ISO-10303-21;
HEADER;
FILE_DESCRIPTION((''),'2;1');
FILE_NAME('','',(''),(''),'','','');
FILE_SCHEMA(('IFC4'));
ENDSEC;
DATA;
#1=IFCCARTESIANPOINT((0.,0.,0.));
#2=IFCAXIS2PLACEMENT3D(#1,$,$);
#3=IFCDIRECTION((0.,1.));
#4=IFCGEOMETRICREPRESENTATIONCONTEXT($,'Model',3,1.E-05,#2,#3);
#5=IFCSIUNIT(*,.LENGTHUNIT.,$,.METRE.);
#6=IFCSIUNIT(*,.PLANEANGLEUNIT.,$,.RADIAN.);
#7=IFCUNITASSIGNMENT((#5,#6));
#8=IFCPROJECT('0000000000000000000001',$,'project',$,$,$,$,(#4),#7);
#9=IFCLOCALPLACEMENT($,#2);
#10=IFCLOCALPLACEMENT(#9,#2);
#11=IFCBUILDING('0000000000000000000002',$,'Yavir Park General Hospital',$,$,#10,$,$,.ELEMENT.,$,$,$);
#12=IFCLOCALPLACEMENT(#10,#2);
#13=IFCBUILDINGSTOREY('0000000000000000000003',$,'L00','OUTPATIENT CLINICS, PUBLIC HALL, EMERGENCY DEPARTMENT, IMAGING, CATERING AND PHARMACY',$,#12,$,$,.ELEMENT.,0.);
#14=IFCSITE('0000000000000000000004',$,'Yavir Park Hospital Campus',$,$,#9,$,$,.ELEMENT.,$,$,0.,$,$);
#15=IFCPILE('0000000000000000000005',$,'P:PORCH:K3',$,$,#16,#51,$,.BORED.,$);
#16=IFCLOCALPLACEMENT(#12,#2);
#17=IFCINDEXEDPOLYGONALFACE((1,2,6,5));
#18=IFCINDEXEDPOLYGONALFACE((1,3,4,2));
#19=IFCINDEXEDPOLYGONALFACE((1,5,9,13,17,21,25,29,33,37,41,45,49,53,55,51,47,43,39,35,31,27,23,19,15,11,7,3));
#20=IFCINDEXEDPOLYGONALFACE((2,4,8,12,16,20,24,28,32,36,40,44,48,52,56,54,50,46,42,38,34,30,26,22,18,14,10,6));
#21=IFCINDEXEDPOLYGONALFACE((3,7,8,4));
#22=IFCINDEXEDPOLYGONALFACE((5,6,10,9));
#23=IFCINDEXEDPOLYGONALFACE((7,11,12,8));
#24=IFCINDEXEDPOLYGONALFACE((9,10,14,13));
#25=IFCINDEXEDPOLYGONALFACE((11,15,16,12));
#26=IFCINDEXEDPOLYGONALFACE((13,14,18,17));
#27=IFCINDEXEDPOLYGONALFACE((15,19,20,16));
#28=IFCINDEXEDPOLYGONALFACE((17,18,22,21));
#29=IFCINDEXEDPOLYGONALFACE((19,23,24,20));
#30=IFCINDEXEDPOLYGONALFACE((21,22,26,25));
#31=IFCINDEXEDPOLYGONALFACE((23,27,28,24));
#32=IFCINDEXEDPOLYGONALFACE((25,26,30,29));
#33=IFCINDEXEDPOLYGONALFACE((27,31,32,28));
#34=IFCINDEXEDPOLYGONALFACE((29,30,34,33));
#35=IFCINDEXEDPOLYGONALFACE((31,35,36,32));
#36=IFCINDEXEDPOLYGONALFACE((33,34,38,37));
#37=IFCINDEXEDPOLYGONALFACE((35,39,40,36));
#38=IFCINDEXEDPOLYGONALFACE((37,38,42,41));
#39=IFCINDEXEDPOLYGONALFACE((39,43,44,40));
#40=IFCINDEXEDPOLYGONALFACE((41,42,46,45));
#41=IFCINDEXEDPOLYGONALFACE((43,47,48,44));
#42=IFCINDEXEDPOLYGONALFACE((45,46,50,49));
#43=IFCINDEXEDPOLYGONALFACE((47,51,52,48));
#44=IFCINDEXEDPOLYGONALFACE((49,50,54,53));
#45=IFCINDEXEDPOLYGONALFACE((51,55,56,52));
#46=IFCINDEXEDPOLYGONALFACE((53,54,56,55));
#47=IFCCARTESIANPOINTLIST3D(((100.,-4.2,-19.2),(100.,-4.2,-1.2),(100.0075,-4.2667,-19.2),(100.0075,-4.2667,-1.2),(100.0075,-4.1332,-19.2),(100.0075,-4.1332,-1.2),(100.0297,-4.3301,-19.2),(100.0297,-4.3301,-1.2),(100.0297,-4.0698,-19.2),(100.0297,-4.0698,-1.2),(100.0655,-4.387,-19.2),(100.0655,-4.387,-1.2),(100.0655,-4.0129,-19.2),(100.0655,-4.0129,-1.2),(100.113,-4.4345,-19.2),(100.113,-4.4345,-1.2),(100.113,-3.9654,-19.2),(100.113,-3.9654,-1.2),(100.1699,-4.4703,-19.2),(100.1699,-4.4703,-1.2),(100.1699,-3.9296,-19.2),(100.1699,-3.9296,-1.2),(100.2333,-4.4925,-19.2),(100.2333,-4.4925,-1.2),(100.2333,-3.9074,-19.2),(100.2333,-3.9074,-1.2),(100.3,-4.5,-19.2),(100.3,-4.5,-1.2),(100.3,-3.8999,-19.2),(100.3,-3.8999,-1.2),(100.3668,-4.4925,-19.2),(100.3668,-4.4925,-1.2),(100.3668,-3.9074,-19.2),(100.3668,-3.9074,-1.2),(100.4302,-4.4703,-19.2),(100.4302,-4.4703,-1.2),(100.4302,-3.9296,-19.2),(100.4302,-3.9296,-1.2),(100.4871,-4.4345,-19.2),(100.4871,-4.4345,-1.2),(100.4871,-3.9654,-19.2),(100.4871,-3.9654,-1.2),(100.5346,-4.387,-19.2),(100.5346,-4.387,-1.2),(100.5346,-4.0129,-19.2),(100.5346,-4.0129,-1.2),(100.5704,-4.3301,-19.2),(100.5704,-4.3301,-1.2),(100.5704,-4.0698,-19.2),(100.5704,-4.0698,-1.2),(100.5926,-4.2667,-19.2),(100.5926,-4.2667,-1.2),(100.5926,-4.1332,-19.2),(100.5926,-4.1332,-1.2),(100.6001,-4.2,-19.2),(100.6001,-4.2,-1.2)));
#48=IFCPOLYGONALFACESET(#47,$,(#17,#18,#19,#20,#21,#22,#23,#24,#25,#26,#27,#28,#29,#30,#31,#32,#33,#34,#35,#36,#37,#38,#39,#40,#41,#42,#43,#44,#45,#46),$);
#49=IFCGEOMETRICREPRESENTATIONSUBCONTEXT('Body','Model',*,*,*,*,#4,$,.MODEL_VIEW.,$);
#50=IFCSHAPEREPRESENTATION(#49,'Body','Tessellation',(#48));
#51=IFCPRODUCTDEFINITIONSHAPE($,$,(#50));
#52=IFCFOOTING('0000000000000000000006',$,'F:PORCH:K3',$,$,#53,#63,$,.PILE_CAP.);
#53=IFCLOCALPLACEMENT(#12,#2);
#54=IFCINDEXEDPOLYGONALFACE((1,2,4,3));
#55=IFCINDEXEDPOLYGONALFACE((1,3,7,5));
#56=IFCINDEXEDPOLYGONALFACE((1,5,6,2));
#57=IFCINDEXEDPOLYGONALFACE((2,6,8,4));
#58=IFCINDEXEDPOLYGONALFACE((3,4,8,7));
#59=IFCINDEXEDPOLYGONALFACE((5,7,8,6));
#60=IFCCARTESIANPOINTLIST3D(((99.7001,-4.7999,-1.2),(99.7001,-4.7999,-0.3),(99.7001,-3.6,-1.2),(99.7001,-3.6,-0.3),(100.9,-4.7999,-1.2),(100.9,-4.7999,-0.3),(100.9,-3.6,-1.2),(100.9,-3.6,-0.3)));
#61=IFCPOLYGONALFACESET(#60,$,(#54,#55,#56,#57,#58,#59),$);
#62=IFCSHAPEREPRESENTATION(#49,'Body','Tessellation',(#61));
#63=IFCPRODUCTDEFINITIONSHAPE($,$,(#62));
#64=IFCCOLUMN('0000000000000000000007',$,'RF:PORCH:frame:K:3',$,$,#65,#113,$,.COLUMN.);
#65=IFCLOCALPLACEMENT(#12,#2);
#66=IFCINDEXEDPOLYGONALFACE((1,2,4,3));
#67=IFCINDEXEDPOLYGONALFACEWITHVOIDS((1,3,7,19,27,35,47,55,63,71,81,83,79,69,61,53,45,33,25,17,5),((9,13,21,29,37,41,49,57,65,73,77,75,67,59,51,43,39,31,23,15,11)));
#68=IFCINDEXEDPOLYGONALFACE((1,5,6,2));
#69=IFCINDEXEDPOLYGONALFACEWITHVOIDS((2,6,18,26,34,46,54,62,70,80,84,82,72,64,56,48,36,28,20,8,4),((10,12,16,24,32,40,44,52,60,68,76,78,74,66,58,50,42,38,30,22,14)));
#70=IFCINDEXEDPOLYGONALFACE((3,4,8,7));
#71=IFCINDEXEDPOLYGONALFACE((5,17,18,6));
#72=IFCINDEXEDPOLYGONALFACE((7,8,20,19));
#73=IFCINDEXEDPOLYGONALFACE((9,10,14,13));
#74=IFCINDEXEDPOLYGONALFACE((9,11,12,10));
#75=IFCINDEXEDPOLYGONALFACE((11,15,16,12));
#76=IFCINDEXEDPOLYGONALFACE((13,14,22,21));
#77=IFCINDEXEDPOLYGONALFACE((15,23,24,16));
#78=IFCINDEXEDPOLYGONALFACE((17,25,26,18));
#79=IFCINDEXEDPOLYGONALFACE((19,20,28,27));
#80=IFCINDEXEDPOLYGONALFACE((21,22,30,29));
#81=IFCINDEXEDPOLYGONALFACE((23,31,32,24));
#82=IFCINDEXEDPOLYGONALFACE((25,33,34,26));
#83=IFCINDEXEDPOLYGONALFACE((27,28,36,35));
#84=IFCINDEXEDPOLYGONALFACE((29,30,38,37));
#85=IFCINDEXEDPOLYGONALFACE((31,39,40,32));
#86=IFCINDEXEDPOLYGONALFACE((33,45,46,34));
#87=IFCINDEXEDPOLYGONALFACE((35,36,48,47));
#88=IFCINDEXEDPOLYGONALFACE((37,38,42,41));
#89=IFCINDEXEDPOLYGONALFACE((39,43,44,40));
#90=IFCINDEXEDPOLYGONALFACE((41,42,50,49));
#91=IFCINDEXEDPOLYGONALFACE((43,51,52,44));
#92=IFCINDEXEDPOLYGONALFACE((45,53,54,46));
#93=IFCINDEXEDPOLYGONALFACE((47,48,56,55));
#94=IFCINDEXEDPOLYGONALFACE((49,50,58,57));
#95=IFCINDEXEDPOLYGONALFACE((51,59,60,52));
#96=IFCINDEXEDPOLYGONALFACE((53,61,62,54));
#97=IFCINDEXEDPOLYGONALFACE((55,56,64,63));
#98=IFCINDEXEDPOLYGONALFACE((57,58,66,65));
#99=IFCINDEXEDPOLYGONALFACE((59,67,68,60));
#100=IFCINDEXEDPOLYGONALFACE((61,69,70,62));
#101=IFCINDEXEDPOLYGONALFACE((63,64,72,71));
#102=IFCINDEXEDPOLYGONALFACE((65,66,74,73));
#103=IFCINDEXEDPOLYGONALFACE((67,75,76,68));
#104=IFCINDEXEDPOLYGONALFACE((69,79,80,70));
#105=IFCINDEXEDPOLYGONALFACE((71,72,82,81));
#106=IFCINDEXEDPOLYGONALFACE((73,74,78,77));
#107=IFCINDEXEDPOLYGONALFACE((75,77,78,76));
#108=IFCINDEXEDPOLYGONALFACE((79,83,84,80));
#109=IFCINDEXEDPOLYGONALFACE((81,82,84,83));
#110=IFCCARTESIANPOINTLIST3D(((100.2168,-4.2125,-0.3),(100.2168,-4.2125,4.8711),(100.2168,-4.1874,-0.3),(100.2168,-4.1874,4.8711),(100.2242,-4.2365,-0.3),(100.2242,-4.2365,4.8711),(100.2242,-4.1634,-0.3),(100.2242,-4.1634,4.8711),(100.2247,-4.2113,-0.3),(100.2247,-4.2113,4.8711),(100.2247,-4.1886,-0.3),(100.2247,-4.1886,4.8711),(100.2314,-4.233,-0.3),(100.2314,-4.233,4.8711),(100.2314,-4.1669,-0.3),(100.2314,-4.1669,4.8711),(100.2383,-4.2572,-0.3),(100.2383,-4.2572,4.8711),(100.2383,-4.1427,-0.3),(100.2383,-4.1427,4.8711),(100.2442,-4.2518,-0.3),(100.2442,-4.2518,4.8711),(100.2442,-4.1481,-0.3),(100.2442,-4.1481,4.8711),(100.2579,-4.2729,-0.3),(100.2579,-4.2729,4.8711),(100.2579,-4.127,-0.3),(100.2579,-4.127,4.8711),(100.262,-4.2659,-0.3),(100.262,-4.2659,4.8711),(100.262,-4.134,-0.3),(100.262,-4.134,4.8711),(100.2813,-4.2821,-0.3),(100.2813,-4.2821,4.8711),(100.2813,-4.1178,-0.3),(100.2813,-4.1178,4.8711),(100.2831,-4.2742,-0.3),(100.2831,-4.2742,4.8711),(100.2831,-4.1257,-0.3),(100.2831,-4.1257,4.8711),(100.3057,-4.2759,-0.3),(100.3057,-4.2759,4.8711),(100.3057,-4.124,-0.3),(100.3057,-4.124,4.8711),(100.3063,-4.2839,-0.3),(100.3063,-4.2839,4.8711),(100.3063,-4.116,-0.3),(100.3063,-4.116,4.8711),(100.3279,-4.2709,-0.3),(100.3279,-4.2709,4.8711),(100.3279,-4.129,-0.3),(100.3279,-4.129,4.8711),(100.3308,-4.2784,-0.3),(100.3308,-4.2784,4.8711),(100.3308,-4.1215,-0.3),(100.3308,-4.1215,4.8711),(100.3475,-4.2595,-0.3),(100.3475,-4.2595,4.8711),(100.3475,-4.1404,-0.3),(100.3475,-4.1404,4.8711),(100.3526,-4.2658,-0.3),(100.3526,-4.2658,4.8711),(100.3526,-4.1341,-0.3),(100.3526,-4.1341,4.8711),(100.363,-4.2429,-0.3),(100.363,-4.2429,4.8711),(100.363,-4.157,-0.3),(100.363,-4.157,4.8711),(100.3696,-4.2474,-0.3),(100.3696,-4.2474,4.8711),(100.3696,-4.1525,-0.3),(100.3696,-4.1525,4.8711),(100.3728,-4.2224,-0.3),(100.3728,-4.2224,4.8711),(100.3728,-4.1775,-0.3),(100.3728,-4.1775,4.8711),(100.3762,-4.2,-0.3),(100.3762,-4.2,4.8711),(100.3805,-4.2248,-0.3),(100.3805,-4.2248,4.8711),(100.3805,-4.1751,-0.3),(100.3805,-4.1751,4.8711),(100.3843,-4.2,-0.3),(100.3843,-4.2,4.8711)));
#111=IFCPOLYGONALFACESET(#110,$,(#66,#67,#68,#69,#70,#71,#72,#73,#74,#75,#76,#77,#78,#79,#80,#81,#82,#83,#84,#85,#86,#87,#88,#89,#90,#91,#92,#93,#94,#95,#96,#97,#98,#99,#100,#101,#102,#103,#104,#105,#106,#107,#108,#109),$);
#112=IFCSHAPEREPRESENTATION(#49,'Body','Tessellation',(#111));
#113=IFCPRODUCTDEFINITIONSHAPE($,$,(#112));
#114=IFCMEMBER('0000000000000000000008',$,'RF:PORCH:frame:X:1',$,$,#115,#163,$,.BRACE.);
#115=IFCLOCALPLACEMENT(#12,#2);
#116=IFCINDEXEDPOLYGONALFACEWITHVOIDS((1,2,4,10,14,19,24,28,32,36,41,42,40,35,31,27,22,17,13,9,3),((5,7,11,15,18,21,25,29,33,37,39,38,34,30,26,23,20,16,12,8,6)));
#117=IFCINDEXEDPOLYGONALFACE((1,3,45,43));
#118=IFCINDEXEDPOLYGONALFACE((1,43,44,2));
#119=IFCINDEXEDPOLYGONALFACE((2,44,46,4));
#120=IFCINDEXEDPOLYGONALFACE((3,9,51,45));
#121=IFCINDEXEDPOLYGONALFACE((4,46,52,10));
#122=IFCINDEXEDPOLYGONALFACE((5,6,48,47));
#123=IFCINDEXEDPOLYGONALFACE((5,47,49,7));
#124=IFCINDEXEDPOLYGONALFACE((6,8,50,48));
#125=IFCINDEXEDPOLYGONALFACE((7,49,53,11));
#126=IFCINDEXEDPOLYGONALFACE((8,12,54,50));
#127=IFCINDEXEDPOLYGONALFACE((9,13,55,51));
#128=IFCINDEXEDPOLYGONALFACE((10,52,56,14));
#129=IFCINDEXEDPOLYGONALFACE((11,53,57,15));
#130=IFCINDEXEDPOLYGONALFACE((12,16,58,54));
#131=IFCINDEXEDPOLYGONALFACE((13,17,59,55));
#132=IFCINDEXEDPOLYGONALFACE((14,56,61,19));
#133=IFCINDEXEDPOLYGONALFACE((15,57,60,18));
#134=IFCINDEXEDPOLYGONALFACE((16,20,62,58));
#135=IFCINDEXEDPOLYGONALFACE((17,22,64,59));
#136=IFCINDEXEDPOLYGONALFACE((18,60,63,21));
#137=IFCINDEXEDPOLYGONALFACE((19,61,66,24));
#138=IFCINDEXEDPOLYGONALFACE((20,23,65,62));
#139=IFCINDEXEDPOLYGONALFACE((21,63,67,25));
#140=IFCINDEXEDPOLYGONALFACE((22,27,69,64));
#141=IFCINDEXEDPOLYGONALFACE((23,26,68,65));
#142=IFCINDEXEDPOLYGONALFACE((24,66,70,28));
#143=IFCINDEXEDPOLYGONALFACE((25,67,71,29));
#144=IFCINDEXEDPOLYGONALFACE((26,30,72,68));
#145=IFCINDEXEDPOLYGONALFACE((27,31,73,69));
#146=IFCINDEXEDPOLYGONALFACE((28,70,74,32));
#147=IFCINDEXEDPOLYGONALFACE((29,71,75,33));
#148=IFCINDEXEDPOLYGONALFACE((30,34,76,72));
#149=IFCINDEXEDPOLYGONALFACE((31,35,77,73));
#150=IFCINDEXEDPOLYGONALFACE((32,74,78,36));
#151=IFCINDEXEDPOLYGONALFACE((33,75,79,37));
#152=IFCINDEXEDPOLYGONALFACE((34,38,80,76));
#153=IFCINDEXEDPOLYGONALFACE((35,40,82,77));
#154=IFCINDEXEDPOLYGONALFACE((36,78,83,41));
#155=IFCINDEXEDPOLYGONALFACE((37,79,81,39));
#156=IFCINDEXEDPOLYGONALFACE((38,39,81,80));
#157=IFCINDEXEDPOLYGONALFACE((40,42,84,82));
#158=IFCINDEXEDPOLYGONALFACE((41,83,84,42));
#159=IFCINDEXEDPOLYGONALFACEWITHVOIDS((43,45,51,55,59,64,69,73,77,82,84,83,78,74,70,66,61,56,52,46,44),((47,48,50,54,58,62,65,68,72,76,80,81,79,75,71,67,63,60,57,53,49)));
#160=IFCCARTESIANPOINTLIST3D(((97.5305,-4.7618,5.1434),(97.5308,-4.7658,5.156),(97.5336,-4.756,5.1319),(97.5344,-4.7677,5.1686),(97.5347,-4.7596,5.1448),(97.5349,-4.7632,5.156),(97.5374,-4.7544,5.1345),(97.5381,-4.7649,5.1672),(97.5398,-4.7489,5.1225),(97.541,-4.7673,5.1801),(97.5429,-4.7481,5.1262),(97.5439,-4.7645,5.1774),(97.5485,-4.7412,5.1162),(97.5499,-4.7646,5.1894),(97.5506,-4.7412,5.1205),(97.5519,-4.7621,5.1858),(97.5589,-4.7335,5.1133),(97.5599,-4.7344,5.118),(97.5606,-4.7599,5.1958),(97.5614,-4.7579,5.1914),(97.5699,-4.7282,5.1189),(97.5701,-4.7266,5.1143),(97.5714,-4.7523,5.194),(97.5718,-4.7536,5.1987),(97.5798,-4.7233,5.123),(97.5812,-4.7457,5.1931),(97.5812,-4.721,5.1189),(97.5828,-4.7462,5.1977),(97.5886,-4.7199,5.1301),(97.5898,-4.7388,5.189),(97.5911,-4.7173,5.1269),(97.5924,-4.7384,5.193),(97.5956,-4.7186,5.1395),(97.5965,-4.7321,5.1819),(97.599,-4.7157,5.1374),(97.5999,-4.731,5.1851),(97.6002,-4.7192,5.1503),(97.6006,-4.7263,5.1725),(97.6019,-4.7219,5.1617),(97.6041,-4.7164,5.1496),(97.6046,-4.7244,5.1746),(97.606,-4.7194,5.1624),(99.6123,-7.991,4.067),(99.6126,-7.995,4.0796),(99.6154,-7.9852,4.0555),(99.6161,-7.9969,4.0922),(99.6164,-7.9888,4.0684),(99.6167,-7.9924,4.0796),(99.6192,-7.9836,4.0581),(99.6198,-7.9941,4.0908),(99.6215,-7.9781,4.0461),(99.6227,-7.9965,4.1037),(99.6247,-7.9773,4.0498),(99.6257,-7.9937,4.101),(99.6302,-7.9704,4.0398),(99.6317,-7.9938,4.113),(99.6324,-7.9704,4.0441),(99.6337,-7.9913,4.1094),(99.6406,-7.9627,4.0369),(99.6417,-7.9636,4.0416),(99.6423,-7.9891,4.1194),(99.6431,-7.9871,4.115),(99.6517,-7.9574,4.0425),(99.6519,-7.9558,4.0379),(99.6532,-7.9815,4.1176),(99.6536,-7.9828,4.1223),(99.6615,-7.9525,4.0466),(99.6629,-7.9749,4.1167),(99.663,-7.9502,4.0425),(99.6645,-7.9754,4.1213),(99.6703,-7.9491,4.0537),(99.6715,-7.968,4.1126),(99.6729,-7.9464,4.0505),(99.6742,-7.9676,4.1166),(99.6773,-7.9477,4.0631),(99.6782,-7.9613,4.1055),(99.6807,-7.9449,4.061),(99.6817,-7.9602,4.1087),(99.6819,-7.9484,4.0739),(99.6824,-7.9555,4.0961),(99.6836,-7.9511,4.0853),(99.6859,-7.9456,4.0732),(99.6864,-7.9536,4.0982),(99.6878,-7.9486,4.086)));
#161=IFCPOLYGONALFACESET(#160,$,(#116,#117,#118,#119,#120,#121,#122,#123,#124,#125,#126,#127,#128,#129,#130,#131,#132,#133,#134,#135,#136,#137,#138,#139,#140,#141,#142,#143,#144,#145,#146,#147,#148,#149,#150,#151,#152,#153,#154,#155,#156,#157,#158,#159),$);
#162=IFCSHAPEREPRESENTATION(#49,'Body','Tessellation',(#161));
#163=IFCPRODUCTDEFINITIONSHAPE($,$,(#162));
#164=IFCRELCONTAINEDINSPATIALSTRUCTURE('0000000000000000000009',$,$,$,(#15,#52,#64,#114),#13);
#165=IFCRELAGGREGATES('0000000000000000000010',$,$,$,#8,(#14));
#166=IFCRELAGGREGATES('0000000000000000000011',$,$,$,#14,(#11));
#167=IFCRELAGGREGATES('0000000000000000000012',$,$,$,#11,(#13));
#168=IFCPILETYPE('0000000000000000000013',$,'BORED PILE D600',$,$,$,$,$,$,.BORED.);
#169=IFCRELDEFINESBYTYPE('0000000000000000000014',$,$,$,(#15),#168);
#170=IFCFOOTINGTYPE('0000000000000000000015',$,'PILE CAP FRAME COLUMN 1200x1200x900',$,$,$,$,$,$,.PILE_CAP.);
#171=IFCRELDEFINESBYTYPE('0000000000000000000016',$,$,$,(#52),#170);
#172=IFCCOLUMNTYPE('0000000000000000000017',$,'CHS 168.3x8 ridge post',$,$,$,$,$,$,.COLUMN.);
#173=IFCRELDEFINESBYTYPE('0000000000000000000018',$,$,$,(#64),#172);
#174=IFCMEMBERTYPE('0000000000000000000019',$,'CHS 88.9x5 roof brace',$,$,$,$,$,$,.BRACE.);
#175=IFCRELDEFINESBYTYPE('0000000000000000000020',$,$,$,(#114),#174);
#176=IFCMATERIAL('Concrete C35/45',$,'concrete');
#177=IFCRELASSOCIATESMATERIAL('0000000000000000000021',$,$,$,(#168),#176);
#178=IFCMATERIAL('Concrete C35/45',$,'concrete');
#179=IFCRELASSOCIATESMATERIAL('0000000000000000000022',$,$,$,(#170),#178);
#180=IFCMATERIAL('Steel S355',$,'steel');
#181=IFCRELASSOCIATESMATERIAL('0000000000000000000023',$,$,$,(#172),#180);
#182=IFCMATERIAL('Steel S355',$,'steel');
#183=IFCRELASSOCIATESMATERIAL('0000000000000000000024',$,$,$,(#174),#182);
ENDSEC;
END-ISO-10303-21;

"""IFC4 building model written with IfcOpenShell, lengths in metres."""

from ifc_helpers import new_model, si_unit, direction, frame, origin, origin_2d, place, context, subcontext, project, spatial, rectangle, circle, hollow_circle, extrude, material, material_profile, profile_set, type_object, element, save


model = new_model("IFC4")

# Units and contexts
model_context = context("Model", 3, precision=1e-05, world=origin(), true_north=direction((0.0, 1.0)))
body_context = subcontext(model_context, "Body", "Model", "MODEL_VIEW")
ifc_project = project(units=[si_unit("LENGTHUNIT", "METRE"), si_unit("PLANEANGLEUNIT", "RADIAN")], contexts=[model_context])

# Site, building, storey
site_placement = place(None, origin())
site = spatial("IfcSite", under=ifc_project, at=site_placement, Name="Yavir Park Hospital Campus", CompositionType="ELEMENT", RefElevation=0.0)
building_placement = place(site_placement, origin())
building = spatial("IfcBuilding", under=site, at=building_placement, Name="Yavir Park General Hospital", CompositionType="ELEMENT")
storey_placement = place(building_placement, origin())
storey = spatial("IfcBuildingStorey", under=building, at=storey_placement, Name="L00", Description="OUTPATIENT CLINICS, PUBLIC HALL, EMERGENCY DEPARTMENT, IMAGING, CATERING AND PHARMACY", CompositionType="ELEMENT", Elevation=0.0)

# Pile
ifc_material_1 = material(Name="Concrete C35/45", Category="concrete")
ifc_material_profile_1 = material_profile(ifc_material_1, circle(Radius=0.3, at=origin_2d()), Name="D600")
ifc_profile_set_1 = profile_set([ifc_material_profile_1], Name="Concrete C35/45")
pile_type = type_object("IfcPileType", Name="BORED PILE D600", PredefinedType="BORED", material=ifc_profile_set_1)
pile_placement = place(storey_placement, frame((100.3, -4.2, -1.2), z_axis=(0.0, 0.0, -1.0), x_axis=(1.0, 0.0, 0.0)))
element("IfcPile", 1, at=pile_placement, inside=storey, type_object=pile_type, Name="P:PORCH:K3", PredefinedType="BORED", context=body_context, shape_type="SweptSolid", body=[
    extrude(circle(Radius=0.3, at=origin_2d()), origin(), (0.0, 0.0, 1.0), 18.0),
])

# Footing
ifc_material_2 = material(Name="Concrete C35/45", Category="concrete")
footing_type = type_object("IfcFootingType", Name="PILE CAP FRAME COLUMN 1200x1200x900", PredefinedType="PILE_CAP", material=ifc_material_2)
footing_placement = place(storey_placement, frame((100.3, -4.2, -1.2), z_axis=(0.0, 0.0, 1.0), x_axis=(1.0, 0.0, 0.0)))
element("IfcFooting", 2, at=footing_placement, inside=storey, type_object=footing_type, Name="F:PORCH:K3", PredefinedType="PILE_CAP", context=body_context, shape_type="SweptSolid", body=[
    extrude(rectangle(XDim=1.2, YDim=1.2, at=origin_2d()), origin(), (0.0, 0.0, 1.0), 0.8999),
])

# Column
ifc_material_3 = material(Name="Steel S355", Category="steel")
ifc_material_profile_2 = material_profile(ifc_material_3, hollow_circle(Radius=0.0842, WallThickness=0.0081, at=origin_2d()), Name="CHS168.3x8")
ifc_profile_set_2 = profile_set([ifc_material_profile_2], Name="Steel S355")
column_type = type_object("IfcColumnType", Name="CHS 168.3x8 ridge post", PredefinedType="COLUMN", material=ifc_profile_set_2)
column_placement = place(storey_placement, frame((100.3, -4.2, -0.3), z_axis=(0.0, 0.0, 1.0), x_axis=(1.0, 0.0, 0.0)))
element("IfcColumn", 3, at=column_placement, inside=storey, type_object=column_type, Name="RF:PORCH:frame:K:3", PredefinedType="COLUMN", context=body_context, shape_type="SweptSolid", body=[
    extrude(hollow_circle(Radius=0.0842, WallThickness=0.0081, at=origin_2d()), origin(), (0.0, 0.0, 1.0), 5.1711),
])

# Member
ifc_material_4 = material(Name="Steel S355", Category="steel")
ifc_material_profile_3 = material_profile(ifc_material_4, hollow_circle(Radius=0.0444, WallThickness=0.0049, at=origin_2d()), Name="CHS88.9x5")
ifc_profile_set_3 = profile_set([ifc_material_profile_3], Name="Steel S355")
member_type_1 = type_object("IfcMemberType", Name="CHS 88.9x5 roof brace", PredefinedType="BRACE", material=ifc_profile_set_3)
member_1_placement = place(storey_placement, frame((99.6499, -7.9709, 4.0796), z_axis=(-0.521744, 0.809324, 0.269775), x_axis=(-0.840486, -0.541833, 0.0)))
element("IfcMember", 4, at=member_1_placement, inside=storey, type_object=member_type_1, Name="RF:PORCH:frame:X:1", PredefinedType="BRACE", context=body_context, shape_type="SweptSolid", body=[
    extrude(hollow_circle(Radius=0.0444, WallThickness=0.0049, at=origin_2d()), origin(), (0.0, 0.0, 1.0), 3.99),
])

save(model, "model.ifc")
